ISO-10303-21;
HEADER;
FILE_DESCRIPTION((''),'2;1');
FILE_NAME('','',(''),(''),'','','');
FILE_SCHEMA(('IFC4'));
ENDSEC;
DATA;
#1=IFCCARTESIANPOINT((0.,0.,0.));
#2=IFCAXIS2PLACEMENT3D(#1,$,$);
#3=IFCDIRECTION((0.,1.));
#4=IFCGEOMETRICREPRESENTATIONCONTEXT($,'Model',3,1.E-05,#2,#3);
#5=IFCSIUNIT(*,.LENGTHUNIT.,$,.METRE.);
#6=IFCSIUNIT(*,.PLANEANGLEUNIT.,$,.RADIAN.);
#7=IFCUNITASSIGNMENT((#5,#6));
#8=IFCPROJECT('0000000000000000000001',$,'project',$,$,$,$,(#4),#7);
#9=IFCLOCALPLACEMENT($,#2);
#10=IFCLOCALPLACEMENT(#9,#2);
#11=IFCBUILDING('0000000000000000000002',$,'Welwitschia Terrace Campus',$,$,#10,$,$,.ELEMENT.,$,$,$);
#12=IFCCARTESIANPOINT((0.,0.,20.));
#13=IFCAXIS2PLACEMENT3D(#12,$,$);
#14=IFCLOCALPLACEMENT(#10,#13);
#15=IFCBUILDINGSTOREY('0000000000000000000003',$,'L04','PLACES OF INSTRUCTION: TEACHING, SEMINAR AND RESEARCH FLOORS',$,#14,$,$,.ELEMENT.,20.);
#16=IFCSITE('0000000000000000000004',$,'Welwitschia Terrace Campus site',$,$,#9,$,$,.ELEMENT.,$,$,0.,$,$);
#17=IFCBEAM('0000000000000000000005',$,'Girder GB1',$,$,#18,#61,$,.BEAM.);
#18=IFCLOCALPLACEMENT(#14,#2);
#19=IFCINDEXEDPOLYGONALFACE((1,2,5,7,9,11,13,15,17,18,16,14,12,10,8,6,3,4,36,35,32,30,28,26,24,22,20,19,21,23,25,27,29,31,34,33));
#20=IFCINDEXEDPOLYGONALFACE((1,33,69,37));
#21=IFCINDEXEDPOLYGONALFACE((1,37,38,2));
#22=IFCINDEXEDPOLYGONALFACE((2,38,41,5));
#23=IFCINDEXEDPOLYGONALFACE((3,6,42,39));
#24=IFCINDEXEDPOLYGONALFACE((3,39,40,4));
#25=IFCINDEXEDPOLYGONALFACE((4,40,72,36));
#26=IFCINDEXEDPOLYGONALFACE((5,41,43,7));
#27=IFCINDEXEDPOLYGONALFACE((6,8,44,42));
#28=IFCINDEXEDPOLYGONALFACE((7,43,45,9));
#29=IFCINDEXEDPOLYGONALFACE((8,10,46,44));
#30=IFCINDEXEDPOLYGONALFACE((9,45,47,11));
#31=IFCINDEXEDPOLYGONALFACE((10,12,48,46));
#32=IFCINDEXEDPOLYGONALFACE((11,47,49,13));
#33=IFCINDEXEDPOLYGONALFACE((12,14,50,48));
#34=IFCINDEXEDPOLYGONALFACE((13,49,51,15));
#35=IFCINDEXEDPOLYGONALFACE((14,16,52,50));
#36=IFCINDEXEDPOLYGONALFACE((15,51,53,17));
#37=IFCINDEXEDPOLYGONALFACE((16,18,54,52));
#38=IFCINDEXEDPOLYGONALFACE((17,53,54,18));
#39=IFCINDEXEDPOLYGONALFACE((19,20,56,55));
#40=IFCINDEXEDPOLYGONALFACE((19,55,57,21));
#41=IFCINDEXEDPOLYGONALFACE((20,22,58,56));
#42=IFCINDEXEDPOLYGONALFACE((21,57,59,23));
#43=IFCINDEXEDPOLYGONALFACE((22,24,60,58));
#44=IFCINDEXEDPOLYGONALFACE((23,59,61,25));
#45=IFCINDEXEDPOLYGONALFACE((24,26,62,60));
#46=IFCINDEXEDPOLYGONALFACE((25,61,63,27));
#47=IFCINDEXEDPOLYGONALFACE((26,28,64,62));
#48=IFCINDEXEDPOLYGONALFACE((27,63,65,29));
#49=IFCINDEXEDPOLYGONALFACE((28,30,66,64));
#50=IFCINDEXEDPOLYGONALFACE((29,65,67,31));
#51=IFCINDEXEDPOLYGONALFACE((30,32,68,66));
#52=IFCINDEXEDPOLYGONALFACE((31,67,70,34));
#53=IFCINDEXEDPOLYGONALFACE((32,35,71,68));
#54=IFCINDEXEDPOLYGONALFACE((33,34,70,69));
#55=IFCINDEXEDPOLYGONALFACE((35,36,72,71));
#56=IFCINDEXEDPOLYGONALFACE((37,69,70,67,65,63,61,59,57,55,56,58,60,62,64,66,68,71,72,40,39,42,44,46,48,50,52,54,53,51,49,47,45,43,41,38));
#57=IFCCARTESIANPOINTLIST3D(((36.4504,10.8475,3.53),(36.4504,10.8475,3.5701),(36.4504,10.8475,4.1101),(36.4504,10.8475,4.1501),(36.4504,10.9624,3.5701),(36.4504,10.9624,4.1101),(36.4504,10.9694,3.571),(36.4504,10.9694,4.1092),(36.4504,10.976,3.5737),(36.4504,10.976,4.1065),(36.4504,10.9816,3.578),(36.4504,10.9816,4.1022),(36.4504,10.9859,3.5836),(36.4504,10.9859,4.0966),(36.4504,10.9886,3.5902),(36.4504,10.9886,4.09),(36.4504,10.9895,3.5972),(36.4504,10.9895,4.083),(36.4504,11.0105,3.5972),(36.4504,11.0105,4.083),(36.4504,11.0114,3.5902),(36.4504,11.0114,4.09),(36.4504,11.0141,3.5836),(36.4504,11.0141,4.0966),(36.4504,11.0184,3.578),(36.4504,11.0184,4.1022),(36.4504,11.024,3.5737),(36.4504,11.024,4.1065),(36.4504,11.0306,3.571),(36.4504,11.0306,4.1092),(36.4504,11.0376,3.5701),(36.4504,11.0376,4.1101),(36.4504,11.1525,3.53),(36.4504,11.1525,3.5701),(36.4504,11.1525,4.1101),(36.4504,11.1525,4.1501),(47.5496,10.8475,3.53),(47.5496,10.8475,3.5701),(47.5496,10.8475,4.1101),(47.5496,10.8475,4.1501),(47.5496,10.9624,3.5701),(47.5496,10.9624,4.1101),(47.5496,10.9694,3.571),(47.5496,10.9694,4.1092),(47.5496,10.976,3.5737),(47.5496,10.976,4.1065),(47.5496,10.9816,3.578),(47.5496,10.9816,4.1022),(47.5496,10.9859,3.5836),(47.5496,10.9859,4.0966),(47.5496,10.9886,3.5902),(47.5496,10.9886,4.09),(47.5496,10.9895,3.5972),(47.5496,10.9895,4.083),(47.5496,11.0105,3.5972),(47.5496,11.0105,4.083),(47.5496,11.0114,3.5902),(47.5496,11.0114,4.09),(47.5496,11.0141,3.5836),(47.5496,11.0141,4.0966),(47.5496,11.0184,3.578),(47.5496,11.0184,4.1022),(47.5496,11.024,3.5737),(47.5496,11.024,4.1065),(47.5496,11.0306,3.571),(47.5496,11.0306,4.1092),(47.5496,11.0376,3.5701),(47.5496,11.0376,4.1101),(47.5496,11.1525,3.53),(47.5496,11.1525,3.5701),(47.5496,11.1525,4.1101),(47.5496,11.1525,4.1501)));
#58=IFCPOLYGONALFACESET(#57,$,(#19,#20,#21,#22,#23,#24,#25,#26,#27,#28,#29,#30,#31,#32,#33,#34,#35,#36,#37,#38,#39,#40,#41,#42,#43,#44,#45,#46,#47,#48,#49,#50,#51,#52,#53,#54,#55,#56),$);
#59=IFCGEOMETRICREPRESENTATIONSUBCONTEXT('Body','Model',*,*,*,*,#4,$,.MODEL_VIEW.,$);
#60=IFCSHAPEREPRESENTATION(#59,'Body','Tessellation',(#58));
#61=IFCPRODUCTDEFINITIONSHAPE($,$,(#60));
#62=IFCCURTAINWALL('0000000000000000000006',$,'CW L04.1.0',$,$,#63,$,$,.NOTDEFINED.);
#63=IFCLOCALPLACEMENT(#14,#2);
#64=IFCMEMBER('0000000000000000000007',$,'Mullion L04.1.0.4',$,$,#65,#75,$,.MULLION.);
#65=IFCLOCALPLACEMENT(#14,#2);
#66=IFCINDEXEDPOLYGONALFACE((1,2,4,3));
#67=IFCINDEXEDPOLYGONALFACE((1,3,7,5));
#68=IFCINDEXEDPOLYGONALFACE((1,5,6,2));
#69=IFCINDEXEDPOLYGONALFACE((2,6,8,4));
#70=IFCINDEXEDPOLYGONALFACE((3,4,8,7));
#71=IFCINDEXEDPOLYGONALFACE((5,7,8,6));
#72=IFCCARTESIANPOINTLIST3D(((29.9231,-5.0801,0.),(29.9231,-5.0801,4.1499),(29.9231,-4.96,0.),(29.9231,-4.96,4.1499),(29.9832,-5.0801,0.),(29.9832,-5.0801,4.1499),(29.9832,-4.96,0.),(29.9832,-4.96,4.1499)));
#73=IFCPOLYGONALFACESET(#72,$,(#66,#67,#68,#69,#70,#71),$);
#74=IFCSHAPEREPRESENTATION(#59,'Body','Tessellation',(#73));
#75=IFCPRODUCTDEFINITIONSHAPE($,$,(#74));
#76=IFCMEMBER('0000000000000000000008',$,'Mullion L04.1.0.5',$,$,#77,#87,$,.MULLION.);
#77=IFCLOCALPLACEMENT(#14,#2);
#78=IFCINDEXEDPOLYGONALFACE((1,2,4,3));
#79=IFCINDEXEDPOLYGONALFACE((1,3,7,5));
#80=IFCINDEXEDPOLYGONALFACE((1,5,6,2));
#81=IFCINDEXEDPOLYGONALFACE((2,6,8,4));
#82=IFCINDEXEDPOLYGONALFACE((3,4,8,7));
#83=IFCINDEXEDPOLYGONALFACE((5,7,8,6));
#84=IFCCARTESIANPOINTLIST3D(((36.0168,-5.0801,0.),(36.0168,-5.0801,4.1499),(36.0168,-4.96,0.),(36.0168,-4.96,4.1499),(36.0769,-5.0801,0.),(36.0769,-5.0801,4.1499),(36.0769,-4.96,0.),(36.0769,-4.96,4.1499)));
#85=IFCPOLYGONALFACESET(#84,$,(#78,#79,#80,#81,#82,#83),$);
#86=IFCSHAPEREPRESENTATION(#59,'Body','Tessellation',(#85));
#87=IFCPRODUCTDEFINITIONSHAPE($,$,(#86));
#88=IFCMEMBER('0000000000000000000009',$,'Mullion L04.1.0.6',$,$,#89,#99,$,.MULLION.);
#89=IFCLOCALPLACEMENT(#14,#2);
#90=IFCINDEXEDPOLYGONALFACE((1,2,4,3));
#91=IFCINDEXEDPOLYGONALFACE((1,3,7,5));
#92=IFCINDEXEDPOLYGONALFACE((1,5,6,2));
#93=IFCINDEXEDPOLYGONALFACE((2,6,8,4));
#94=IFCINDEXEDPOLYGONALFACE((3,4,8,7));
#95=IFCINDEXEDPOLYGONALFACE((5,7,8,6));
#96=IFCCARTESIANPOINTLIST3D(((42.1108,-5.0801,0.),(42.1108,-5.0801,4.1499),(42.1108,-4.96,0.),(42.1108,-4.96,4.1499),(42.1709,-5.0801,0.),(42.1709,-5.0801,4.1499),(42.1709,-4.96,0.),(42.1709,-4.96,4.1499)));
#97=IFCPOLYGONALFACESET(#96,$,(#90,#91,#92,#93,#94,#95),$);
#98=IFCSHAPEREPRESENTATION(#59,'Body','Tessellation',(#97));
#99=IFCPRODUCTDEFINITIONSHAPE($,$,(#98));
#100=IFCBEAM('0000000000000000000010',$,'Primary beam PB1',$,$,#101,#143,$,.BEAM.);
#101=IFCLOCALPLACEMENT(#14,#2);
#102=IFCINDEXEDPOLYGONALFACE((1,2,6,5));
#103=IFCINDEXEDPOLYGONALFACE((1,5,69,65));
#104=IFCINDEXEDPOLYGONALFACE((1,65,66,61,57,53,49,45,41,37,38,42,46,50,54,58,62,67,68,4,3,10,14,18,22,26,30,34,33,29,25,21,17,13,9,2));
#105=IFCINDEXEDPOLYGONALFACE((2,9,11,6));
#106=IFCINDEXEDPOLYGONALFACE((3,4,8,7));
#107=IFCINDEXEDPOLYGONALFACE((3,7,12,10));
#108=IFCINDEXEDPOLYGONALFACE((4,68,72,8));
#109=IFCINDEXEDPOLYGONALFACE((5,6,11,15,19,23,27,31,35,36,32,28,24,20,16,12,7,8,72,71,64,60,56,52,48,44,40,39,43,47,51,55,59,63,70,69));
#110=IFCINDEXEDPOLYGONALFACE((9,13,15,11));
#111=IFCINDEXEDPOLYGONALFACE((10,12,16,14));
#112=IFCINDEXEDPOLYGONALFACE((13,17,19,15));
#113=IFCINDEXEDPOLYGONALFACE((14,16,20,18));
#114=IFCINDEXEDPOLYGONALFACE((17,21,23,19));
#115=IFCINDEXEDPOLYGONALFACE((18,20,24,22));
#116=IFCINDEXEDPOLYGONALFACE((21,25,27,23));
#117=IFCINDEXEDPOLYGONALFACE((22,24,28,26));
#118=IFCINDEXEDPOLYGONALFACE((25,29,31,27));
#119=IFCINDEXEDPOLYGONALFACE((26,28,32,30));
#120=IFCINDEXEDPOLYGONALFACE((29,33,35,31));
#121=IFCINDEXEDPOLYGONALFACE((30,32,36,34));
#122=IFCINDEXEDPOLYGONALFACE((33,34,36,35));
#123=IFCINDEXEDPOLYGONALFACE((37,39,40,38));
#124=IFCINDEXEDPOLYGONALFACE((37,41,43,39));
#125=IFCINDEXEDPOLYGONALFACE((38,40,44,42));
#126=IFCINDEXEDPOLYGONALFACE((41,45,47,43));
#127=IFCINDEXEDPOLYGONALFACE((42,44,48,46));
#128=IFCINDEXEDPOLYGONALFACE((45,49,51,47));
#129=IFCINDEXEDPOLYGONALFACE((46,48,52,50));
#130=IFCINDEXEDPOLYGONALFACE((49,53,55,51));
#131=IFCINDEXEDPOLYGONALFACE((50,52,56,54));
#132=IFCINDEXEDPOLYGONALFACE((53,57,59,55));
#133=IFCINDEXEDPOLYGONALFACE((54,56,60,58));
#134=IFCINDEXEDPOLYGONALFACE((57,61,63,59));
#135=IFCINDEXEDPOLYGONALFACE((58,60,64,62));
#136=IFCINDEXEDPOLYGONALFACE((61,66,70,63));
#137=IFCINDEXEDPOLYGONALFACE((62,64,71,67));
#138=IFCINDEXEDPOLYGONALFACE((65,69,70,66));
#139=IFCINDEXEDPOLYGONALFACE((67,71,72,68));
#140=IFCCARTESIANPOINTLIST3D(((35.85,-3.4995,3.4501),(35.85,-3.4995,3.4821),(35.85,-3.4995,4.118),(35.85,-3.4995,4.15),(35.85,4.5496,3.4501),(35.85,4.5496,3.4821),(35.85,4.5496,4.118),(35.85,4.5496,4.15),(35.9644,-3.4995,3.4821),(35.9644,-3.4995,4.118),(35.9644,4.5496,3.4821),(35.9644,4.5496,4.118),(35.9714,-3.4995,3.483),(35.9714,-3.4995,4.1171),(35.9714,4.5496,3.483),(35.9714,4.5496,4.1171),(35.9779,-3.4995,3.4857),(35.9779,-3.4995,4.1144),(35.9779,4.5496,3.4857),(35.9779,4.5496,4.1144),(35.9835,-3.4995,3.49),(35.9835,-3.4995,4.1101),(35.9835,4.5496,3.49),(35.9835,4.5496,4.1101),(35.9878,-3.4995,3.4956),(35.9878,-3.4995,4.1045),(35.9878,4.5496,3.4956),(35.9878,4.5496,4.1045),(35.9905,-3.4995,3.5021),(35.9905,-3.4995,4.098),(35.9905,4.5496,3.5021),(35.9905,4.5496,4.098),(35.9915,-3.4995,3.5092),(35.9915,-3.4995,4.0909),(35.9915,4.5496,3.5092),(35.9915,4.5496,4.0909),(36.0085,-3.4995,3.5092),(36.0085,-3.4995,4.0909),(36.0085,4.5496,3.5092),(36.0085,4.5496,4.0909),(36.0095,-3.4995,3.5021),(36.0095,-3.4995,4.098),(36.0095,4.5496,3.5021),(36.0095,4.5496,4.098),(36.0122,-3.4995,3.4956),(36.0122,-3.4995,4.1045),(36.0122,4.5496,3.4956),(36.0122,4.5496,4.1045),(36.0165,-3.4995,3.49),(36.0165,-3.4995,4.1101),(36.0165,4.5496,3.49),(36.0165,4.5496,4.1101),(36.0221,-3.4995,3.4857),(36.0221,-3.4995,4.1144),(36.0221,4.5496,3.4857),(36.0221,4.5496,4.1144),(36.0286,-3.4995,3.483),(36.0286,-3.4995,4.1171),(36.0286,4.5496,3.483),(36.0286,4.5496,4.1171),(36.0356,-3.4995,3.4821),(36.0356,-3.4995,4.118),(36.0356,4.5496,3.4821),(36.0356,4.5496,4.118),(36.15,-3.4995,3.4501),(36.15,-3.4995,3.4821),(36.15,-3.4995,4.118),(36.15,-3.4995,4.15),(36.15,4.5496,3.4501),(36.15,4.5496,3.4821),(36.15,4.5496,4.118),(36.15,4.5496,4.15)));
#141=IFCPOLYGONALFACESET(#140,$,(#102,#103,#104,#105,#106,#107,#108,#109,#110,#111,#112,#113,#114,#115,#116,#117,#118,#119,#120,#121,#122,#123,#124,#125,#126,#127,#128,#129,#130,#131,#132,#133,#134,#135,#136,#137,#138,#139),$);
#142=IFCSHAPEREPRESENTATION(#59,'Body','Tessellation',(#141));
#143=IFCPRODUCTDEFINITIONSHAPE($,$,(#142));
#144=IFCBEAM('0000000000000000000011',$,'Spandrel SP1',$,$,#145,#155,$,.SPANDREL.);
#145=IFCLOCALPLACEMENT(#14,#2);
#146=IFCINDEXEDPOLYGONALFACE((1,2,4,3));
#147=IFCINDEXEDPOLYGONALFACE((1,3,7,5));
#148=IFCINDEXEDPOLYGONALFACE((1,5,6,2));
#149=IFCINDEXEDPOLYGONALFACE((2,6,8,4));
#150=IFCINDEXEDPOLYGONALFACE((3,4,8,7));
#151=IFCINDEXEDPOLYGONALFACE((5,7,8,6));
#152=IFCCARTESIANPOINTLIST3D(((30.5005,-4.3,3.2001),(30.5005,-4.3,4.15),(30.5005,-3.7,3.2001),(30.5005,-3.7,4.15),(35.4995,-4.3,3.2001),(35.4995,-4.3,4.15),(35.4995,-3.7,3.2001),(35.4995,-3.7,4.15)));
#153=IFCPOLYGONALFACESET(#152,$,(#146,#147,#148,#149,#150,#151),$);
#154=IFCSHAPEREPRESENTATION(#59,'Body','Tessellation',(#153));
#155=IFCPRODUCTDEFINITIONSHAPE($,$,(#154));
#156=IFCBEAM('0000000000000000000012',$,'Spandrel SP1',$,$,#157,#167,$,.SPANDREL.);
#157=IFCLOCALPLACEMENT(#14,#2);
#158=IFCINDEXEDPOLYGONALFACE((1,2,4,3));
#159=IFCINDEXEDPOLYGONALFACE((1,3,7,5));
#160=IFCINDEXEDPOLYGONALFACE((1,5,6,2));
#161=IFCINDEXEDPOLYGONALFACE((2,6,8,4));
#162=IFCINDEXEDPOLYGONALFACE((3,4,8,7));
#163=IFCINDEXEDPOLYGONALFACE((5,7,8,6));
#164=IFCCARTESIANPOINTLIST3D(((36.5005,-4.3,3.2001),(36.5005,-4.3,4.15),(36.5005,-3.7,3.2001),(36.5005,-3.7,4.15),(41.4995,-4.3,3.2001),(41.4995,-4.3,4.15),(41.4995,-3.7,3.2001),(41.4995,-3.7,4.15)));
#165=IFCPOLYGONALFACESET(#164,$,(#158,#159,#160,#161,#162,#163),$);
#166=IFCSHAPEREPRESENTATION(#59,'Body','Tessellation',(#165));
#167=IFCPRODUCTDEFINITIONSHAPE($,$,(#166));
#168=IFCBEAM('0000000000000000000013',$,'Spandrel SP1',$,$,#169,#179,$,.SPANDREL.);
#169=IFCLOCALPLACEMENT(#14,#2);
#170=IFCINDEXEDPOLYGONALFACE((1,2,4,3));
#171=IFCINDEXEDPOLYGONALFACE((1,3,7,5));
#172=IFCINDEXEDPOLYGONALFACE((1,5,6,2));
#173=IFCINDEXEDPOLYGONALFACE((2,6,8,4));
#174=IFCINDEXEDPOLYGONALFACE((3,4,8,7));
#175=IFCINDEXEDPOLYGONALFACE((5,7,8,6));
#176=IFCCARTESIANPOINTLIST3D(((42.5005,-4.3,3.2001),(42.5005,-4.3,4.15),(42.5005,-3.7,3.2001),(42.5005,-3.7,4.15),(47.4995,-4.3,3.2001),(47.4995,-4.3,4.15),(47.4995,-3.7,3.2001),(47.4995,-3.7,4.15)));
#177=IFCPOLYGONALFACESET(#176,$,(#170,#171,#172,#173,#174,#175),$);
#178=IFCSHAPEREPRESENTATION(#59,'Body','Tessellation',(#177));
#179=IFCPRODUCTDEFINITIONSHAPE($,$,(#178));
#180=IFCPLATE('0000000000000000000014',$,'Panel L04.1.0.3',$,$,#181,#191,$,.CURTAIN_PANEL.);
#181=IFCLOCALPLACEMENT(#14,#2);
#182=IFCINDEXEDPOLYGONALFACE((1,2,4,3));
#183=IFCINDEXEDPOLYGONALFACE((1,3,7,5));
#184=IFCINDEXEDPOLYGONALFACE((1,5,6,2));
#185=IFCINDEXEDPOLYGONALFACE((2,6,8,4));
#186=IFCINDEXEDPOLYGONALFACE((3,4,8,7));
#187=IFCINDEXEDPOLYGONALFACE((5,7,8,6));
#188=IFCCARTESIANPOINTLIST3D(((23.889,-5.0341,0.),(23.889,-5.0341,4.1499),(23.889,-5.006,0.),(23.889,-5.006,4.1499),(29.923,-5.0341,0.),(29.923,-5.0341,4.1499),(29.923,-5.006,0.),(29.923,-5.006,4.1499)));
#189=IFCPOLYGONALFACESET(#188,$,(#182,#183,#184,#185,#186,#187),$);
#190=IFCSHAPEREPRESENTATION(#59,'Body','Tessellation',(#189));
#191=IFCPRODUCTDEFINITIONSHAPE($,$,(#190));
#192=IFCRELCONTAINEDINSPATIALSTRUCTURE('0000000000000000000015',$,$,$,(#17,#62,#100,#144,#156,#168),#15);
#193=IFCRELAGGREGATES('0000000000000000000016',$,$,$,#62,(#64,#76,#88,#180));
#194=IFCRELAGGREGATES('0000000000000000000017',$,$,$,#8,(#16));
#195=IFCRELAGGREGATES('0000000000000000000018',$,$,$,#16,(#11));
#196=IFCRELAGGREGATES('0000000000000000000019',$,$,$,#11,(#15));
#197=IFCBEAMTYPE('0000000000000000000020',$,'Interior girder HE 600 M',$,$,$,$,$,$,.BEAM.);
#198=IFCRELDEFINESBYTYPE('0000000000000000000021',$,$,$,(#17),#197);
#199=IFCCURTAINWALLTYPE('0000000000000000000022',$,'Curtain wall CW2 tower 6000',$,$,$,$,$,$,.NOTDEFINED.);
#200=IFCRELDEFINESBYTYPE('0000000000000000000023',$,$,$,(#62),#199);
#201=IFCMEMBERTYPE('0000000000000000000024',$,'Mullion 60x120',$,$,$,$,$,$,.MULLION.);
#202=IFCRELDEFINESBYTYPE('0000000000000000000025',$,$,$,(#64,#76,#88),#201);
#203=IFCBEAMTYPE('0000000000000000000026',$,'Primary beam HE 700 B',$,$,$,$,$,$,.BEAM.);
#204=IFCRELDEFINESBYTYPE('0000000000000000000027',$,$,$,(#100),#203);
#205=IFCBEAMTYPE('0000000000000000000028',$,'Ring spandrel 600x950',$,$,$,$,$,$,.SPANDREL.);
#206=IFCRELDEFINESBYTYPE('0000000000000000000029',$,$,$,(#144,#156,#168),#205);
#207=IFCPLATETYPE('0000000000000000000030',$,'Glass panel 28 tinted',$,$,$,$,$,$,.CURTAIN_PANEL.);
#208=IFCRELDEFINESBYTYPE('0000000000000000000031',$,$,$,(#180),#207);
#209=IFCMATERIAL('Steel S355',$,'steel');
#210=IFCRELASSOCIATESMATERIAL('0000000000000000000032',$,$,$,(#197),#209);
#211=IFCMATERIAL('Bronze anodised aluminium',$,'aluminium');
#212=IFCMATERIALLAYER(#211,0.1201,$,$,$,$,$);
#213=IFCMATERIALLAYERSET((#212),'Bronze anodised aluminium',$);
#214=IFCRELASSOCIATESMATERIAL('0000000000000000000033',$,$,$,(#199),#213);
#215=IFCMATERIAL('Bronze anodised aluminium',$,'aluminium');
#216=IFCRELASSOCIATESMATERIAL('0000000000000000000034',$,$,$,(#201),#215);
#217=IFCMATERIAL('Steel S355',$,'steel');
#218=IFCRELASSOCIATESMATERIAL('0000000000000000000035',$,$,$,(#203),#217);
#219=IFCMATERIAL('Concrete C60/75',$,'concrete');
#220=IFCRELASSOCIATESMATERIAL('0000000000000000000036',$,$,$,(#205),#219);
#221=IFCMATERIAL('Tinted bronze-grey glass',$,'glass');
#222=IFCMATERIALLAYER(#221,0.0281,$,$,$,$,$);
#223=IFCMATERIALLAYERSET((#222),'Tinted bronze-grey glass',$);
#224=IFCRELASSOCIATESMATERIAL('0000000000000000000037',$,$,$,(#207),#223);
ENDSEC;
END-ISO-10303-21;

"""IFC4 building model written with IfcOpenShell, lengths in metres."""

from ifc_helpers import new_model, si_unit, direction, frame, origin, origin_2d, place, context, subcontext, project, spatial, rectangle, i_section, extrude, material, layer, layer_set, material_profile, profile_set, type_object, element, aggregate, save


model = new_model("IFC4")

# Units and contexts
model_context = context("Model", 3, precision=1e-05, world=origin(), true_north=direction((0.0, 1.0)))
body_context = subcontext(model_context, "Body", "Model", "MODEL_VIEW")
ifc_project = project(units=[si_unit("LENGTHUNIT", "METRE"), si_unit("PLANEANGLEUNIT", "RADIAN")], contexts=[model_context])

# Site, building, storey
site_placement = place(None, origin())
site = spatial("IfcSite", under=ifc_project, at=site_placement, Name="Welwitschia Terrace Campus site", CompositionType="ELEMENT", RefElevation=0.0)
building_placement = place(site_placement, origin())
building = spatial("IfcBuilding", under=site, at=building_placement, Name="Welwitschia Terrace Campus", CompositionType="ELEMENT")
storey_placement = place(building_placement, frame((0.0, 0.0, 20.0)))
storey = spatial("IfcBuildingStorey", under=building, at=storey_placement, Name="L04", Description="PLACES OF INSTRUCTION: TEACHING, SEMINAR AND RESEARCH FLOORS", CompositionType="ELEMENT", Elevation=20.0)

# Beam
ifc_material_1 = material(Name="Steel S355", Category="steel")
ifc_material_profile_1 = material_profile(ifc_material_1, i_section(OverallWidth=0.3049, OverallDepth=0.6201, WebThickness=0.021, FlangeThickness=0.04, FilletRadius=0.0271, at=origin_2d()))
ifc_profile_set_1 = profile_set([ifc_material_profile_1], Name="Steel S355")
beam_type_1 = type_object("IfcBeamType", Name="Interior girder HE 600 M", PredefinedType="BEAM", material=ifc_profile_set_1)
beam_1_placement = place(storey_placement, frame((36.4504, 11.0, 3.8401), z_axis=(1.0, 0.0, 0.0), x_axis=(0.0, 1.0, 0.0)))
element("IfcBeam", 1, at=beam_1_placement, inside=storey, type_object=beam_type_1, Name="Girder GB1", PredefinedType="BEAM", context=body_context, shape_type="SweptSolid", body=[
    extrude(i_section(OverallWidth=0.3049, OverallDepth=0.6201, WebThickness=0.021, FlangeThickness=0.04, FilletRadius=0.0271, at=origin_2d()), origin(), (0.0, 0.0, 1.0), 11.0991),
])

# Curtain wall, members
ifc_material_2 = material(Name="Bronze anodised aluminium", Category="aluminium")
ifc_layer_1 = layer(ifc_material_2, 0.1201)
ifc_layer_set_1 = layer_set([ifc_layer_1], Name="Bronze anodised aluminium")
curtain_wall_type = type_object("IfcCurtainWallType", Name="Curtain wall CW2 tower 6000", PredefinedType="NOTDEFINED", material=ifc_layer_set_1)
curtain_wall_placement = place(storey_placement, origin())
curtain_wall = element("IfcCurtainWall", 2, at=curtain_wall_placement, inside=storey, type_object=curtain_wall_type, Name="CW L04.1.0", PredefinedType="NOTDEFINED")
ifc_material_3 = material(Name="Bronze anodised aluminium", Category="aluminium")
ifc_material_profile_2 = material_profile(ifc_material_3, rectangle(XDim=0.1201, YDim=0.0601, at=origin_2d()))
ifc_profile_set_2 = profile_set([ifc_material_profile_2], Name="Bronze anodised aluminium")
member_type = type_object("IfcMemberType", Name="Mullion 60x120", PredefinedType="MULLION", material=ifc_profile_set_2)
member_1_placement = place(storey_placement, frame((29.9531, -5.02, 0.0), z_axis=(0.0, 0.0, 1.0), x_axis=(0.0, 1.0, 0.0)))
member_1 = element("IfcMember", 3, at=member_1_placement, type_object=member_type, Name="Mullion L04.1.0.4", PredefinedType="MULLION", context=body_context, shape_type="SweptSolid", body=[
    extrude(rectangle(XDim=0.1201, YDim=0.0601, at=origin_2d()), origin(), (0.0, 0.0, 1.0), 4.1499),
])
member_2_placement = place(storey_placement, frame((36.0469, -5.02, 0.0), z_axis=(0.0, 0.0, 1.0), x_axis=(0.0, 1.0, 0.0)))
member_2 = element("IfcMember", 4, at=member_2_placement, type_object=member_type, Name="Mullion L04.1.0.5", PredefinedType="MULLION", context=body_context, shape_type="SweptSolid", body=[
    extrude(rectangle(XDim=0.1201, YDim=0.0601, at=origin_2d()), origin(), (0.0, 0.0, 1.0), 4.1499),
])
member_3_placement = place(storey_placement, frame((42.1409, -5.02, 0.0), z_axis=(0.0, 0.0, 1.0), x_axis=(0.0, 1.0, 0.0)))
member_3 = element("IfcMember", 5, at=member_3_placement, type_object=member_type, Name="Mullion L04.1.0.6", PredefinedType="MULLION", context=body_context, shape_type="SweptSolid", body=[
    extrude(rectangle(XDim=0.1201, YDim=0.0601, at=origin_2d()), origin(), (0.0, 0.0, 1.0), 4.1499),
])

# Beams
ifc_material_4 = material(Name="Steel S355", Category="steel")
ifc_material_profile_3 = material_profile(ifc_material_4, i_section(OverallWidth=0.3, OverallDepth=0.7, WebThickness=0.0171, FlangeThickness=0.032, FilletRadius=0.0271, at=origin_2d()))
ifc_profile_set_3 = profile_set([ifc_material_profile_3], Name="Steel S355")
beam_type_2 = type_object("IfcBeamType", Name="Primary beam HE 700 B", PredefinedType="BEAM", material=ifc_profile_set_3)
beam_2_placement = place(storey_placement, frame((36.0, -3.4995, 3.8), z_axis=(0.0, 1.0, 0.0), x_axis=(-1.0, 0.0, 0.0)))
element("IfcBeam", 6, at=beam_2_placement, inside=storey, type_object=beam_type_2, Name="Primary beam PB1", PredefinedType="BEAM", context=body_context, shape_type="SweptSolid", body=[
    extrude(i_section(OverallWidth=0.3, OverallDepth=0.7, WebThickness=0.0171, FlangeThickness=0.032, FilletRadius=0.0271, at=origin_2d()), origin(), (0.0, 0.0, 1.0), 8.0491),
])
ifc_material_5 = material(Name="Concrete C60/75", Category="concrete")
ifc_material_profile_4 = material_profile(ifc_material_5, rectangle(XDim=0.6001, YDim=0.95, at=origin_2d()))
ifc_profile_set_4 = profile_set([ifc_material_profile_4], Name="Concrete C60/75")
beam_type_3 = type_object("IfcBeamType", Name="Ring spandrel 600x950", PredefinedType="SPANDREL", material=ifc_profile_set_4)
for number, where, z_axis, x_axis, name in (
    (7, (30.5005, -4.0, 3.675), (1.0, 0.0, 0.0), (0.0, 1.0, 0.0), "Spandrel SP1"),
    (8, (36.5005, -4.0, 3.675), (1.0, 0.0, 0.0), (0.0, 1.0, 0.0), "Spandrel SP1"),
    (9, (42.5005, -4.0, 3.675), (1.0, 0.0, 0.0), (0.0, 1.0, 0.0), "Spandrel SP1"),
):
    element("IfcBeam", number, at=place(storey_placement, frame(where, z_axis=z_axis, x_axis=x_axis)), inside=storey, type_object=beam_type_3, Name=name, PredefinedType="SPANDREL", context=body_context, shape_type="SweptSolid", body=[
        extrude(rectangle(XDim=0.6001, YDim=0.95, at=origin_2d()), origin(), (0.0, 0.0, 1.0), 4.999),
    ])

# Plate
ifc_material_6 = material(Name="Tinted bronze-grey glass", Category="glass")
ifc_layer_2 = layer(ifc_material_6, 0.0281)
ifc_layer_set_2 = layer_set([ifc_layer_2], Name="Tinted bronze-grey glass")
plate_type = type_object("IfcPlateType", Name="Glass panel 28 tinted", PredefinedType="CURTAIN_PANEL", material=ifc_layer_set_2)
plate_1_placement = place(storey_placement, frame((26.906, -5.02, 0.0), z_axis=(0.0, 0.0, 1.0), x_axis=(1.0, 0.0, 0.0)))
plate_1 = element("IfcPlate", 10, at=plate_1_placement, type_object=plate_type, Name="Panel L04.1.0.3", PredefinedType="CURTAIN_PANEL", context=body_context, shape_type="SweptSolid", body=[
    extrude(rectangle(XDim=6.0339, YDim=0.0281, at=origin_2d()), origin(), (0.0, 0.0, 1.0), 4.1499),
])
aggregate(curtain_wall, [member_1, member_2, member_3, plate_1])

save(model, "model.ifc")
